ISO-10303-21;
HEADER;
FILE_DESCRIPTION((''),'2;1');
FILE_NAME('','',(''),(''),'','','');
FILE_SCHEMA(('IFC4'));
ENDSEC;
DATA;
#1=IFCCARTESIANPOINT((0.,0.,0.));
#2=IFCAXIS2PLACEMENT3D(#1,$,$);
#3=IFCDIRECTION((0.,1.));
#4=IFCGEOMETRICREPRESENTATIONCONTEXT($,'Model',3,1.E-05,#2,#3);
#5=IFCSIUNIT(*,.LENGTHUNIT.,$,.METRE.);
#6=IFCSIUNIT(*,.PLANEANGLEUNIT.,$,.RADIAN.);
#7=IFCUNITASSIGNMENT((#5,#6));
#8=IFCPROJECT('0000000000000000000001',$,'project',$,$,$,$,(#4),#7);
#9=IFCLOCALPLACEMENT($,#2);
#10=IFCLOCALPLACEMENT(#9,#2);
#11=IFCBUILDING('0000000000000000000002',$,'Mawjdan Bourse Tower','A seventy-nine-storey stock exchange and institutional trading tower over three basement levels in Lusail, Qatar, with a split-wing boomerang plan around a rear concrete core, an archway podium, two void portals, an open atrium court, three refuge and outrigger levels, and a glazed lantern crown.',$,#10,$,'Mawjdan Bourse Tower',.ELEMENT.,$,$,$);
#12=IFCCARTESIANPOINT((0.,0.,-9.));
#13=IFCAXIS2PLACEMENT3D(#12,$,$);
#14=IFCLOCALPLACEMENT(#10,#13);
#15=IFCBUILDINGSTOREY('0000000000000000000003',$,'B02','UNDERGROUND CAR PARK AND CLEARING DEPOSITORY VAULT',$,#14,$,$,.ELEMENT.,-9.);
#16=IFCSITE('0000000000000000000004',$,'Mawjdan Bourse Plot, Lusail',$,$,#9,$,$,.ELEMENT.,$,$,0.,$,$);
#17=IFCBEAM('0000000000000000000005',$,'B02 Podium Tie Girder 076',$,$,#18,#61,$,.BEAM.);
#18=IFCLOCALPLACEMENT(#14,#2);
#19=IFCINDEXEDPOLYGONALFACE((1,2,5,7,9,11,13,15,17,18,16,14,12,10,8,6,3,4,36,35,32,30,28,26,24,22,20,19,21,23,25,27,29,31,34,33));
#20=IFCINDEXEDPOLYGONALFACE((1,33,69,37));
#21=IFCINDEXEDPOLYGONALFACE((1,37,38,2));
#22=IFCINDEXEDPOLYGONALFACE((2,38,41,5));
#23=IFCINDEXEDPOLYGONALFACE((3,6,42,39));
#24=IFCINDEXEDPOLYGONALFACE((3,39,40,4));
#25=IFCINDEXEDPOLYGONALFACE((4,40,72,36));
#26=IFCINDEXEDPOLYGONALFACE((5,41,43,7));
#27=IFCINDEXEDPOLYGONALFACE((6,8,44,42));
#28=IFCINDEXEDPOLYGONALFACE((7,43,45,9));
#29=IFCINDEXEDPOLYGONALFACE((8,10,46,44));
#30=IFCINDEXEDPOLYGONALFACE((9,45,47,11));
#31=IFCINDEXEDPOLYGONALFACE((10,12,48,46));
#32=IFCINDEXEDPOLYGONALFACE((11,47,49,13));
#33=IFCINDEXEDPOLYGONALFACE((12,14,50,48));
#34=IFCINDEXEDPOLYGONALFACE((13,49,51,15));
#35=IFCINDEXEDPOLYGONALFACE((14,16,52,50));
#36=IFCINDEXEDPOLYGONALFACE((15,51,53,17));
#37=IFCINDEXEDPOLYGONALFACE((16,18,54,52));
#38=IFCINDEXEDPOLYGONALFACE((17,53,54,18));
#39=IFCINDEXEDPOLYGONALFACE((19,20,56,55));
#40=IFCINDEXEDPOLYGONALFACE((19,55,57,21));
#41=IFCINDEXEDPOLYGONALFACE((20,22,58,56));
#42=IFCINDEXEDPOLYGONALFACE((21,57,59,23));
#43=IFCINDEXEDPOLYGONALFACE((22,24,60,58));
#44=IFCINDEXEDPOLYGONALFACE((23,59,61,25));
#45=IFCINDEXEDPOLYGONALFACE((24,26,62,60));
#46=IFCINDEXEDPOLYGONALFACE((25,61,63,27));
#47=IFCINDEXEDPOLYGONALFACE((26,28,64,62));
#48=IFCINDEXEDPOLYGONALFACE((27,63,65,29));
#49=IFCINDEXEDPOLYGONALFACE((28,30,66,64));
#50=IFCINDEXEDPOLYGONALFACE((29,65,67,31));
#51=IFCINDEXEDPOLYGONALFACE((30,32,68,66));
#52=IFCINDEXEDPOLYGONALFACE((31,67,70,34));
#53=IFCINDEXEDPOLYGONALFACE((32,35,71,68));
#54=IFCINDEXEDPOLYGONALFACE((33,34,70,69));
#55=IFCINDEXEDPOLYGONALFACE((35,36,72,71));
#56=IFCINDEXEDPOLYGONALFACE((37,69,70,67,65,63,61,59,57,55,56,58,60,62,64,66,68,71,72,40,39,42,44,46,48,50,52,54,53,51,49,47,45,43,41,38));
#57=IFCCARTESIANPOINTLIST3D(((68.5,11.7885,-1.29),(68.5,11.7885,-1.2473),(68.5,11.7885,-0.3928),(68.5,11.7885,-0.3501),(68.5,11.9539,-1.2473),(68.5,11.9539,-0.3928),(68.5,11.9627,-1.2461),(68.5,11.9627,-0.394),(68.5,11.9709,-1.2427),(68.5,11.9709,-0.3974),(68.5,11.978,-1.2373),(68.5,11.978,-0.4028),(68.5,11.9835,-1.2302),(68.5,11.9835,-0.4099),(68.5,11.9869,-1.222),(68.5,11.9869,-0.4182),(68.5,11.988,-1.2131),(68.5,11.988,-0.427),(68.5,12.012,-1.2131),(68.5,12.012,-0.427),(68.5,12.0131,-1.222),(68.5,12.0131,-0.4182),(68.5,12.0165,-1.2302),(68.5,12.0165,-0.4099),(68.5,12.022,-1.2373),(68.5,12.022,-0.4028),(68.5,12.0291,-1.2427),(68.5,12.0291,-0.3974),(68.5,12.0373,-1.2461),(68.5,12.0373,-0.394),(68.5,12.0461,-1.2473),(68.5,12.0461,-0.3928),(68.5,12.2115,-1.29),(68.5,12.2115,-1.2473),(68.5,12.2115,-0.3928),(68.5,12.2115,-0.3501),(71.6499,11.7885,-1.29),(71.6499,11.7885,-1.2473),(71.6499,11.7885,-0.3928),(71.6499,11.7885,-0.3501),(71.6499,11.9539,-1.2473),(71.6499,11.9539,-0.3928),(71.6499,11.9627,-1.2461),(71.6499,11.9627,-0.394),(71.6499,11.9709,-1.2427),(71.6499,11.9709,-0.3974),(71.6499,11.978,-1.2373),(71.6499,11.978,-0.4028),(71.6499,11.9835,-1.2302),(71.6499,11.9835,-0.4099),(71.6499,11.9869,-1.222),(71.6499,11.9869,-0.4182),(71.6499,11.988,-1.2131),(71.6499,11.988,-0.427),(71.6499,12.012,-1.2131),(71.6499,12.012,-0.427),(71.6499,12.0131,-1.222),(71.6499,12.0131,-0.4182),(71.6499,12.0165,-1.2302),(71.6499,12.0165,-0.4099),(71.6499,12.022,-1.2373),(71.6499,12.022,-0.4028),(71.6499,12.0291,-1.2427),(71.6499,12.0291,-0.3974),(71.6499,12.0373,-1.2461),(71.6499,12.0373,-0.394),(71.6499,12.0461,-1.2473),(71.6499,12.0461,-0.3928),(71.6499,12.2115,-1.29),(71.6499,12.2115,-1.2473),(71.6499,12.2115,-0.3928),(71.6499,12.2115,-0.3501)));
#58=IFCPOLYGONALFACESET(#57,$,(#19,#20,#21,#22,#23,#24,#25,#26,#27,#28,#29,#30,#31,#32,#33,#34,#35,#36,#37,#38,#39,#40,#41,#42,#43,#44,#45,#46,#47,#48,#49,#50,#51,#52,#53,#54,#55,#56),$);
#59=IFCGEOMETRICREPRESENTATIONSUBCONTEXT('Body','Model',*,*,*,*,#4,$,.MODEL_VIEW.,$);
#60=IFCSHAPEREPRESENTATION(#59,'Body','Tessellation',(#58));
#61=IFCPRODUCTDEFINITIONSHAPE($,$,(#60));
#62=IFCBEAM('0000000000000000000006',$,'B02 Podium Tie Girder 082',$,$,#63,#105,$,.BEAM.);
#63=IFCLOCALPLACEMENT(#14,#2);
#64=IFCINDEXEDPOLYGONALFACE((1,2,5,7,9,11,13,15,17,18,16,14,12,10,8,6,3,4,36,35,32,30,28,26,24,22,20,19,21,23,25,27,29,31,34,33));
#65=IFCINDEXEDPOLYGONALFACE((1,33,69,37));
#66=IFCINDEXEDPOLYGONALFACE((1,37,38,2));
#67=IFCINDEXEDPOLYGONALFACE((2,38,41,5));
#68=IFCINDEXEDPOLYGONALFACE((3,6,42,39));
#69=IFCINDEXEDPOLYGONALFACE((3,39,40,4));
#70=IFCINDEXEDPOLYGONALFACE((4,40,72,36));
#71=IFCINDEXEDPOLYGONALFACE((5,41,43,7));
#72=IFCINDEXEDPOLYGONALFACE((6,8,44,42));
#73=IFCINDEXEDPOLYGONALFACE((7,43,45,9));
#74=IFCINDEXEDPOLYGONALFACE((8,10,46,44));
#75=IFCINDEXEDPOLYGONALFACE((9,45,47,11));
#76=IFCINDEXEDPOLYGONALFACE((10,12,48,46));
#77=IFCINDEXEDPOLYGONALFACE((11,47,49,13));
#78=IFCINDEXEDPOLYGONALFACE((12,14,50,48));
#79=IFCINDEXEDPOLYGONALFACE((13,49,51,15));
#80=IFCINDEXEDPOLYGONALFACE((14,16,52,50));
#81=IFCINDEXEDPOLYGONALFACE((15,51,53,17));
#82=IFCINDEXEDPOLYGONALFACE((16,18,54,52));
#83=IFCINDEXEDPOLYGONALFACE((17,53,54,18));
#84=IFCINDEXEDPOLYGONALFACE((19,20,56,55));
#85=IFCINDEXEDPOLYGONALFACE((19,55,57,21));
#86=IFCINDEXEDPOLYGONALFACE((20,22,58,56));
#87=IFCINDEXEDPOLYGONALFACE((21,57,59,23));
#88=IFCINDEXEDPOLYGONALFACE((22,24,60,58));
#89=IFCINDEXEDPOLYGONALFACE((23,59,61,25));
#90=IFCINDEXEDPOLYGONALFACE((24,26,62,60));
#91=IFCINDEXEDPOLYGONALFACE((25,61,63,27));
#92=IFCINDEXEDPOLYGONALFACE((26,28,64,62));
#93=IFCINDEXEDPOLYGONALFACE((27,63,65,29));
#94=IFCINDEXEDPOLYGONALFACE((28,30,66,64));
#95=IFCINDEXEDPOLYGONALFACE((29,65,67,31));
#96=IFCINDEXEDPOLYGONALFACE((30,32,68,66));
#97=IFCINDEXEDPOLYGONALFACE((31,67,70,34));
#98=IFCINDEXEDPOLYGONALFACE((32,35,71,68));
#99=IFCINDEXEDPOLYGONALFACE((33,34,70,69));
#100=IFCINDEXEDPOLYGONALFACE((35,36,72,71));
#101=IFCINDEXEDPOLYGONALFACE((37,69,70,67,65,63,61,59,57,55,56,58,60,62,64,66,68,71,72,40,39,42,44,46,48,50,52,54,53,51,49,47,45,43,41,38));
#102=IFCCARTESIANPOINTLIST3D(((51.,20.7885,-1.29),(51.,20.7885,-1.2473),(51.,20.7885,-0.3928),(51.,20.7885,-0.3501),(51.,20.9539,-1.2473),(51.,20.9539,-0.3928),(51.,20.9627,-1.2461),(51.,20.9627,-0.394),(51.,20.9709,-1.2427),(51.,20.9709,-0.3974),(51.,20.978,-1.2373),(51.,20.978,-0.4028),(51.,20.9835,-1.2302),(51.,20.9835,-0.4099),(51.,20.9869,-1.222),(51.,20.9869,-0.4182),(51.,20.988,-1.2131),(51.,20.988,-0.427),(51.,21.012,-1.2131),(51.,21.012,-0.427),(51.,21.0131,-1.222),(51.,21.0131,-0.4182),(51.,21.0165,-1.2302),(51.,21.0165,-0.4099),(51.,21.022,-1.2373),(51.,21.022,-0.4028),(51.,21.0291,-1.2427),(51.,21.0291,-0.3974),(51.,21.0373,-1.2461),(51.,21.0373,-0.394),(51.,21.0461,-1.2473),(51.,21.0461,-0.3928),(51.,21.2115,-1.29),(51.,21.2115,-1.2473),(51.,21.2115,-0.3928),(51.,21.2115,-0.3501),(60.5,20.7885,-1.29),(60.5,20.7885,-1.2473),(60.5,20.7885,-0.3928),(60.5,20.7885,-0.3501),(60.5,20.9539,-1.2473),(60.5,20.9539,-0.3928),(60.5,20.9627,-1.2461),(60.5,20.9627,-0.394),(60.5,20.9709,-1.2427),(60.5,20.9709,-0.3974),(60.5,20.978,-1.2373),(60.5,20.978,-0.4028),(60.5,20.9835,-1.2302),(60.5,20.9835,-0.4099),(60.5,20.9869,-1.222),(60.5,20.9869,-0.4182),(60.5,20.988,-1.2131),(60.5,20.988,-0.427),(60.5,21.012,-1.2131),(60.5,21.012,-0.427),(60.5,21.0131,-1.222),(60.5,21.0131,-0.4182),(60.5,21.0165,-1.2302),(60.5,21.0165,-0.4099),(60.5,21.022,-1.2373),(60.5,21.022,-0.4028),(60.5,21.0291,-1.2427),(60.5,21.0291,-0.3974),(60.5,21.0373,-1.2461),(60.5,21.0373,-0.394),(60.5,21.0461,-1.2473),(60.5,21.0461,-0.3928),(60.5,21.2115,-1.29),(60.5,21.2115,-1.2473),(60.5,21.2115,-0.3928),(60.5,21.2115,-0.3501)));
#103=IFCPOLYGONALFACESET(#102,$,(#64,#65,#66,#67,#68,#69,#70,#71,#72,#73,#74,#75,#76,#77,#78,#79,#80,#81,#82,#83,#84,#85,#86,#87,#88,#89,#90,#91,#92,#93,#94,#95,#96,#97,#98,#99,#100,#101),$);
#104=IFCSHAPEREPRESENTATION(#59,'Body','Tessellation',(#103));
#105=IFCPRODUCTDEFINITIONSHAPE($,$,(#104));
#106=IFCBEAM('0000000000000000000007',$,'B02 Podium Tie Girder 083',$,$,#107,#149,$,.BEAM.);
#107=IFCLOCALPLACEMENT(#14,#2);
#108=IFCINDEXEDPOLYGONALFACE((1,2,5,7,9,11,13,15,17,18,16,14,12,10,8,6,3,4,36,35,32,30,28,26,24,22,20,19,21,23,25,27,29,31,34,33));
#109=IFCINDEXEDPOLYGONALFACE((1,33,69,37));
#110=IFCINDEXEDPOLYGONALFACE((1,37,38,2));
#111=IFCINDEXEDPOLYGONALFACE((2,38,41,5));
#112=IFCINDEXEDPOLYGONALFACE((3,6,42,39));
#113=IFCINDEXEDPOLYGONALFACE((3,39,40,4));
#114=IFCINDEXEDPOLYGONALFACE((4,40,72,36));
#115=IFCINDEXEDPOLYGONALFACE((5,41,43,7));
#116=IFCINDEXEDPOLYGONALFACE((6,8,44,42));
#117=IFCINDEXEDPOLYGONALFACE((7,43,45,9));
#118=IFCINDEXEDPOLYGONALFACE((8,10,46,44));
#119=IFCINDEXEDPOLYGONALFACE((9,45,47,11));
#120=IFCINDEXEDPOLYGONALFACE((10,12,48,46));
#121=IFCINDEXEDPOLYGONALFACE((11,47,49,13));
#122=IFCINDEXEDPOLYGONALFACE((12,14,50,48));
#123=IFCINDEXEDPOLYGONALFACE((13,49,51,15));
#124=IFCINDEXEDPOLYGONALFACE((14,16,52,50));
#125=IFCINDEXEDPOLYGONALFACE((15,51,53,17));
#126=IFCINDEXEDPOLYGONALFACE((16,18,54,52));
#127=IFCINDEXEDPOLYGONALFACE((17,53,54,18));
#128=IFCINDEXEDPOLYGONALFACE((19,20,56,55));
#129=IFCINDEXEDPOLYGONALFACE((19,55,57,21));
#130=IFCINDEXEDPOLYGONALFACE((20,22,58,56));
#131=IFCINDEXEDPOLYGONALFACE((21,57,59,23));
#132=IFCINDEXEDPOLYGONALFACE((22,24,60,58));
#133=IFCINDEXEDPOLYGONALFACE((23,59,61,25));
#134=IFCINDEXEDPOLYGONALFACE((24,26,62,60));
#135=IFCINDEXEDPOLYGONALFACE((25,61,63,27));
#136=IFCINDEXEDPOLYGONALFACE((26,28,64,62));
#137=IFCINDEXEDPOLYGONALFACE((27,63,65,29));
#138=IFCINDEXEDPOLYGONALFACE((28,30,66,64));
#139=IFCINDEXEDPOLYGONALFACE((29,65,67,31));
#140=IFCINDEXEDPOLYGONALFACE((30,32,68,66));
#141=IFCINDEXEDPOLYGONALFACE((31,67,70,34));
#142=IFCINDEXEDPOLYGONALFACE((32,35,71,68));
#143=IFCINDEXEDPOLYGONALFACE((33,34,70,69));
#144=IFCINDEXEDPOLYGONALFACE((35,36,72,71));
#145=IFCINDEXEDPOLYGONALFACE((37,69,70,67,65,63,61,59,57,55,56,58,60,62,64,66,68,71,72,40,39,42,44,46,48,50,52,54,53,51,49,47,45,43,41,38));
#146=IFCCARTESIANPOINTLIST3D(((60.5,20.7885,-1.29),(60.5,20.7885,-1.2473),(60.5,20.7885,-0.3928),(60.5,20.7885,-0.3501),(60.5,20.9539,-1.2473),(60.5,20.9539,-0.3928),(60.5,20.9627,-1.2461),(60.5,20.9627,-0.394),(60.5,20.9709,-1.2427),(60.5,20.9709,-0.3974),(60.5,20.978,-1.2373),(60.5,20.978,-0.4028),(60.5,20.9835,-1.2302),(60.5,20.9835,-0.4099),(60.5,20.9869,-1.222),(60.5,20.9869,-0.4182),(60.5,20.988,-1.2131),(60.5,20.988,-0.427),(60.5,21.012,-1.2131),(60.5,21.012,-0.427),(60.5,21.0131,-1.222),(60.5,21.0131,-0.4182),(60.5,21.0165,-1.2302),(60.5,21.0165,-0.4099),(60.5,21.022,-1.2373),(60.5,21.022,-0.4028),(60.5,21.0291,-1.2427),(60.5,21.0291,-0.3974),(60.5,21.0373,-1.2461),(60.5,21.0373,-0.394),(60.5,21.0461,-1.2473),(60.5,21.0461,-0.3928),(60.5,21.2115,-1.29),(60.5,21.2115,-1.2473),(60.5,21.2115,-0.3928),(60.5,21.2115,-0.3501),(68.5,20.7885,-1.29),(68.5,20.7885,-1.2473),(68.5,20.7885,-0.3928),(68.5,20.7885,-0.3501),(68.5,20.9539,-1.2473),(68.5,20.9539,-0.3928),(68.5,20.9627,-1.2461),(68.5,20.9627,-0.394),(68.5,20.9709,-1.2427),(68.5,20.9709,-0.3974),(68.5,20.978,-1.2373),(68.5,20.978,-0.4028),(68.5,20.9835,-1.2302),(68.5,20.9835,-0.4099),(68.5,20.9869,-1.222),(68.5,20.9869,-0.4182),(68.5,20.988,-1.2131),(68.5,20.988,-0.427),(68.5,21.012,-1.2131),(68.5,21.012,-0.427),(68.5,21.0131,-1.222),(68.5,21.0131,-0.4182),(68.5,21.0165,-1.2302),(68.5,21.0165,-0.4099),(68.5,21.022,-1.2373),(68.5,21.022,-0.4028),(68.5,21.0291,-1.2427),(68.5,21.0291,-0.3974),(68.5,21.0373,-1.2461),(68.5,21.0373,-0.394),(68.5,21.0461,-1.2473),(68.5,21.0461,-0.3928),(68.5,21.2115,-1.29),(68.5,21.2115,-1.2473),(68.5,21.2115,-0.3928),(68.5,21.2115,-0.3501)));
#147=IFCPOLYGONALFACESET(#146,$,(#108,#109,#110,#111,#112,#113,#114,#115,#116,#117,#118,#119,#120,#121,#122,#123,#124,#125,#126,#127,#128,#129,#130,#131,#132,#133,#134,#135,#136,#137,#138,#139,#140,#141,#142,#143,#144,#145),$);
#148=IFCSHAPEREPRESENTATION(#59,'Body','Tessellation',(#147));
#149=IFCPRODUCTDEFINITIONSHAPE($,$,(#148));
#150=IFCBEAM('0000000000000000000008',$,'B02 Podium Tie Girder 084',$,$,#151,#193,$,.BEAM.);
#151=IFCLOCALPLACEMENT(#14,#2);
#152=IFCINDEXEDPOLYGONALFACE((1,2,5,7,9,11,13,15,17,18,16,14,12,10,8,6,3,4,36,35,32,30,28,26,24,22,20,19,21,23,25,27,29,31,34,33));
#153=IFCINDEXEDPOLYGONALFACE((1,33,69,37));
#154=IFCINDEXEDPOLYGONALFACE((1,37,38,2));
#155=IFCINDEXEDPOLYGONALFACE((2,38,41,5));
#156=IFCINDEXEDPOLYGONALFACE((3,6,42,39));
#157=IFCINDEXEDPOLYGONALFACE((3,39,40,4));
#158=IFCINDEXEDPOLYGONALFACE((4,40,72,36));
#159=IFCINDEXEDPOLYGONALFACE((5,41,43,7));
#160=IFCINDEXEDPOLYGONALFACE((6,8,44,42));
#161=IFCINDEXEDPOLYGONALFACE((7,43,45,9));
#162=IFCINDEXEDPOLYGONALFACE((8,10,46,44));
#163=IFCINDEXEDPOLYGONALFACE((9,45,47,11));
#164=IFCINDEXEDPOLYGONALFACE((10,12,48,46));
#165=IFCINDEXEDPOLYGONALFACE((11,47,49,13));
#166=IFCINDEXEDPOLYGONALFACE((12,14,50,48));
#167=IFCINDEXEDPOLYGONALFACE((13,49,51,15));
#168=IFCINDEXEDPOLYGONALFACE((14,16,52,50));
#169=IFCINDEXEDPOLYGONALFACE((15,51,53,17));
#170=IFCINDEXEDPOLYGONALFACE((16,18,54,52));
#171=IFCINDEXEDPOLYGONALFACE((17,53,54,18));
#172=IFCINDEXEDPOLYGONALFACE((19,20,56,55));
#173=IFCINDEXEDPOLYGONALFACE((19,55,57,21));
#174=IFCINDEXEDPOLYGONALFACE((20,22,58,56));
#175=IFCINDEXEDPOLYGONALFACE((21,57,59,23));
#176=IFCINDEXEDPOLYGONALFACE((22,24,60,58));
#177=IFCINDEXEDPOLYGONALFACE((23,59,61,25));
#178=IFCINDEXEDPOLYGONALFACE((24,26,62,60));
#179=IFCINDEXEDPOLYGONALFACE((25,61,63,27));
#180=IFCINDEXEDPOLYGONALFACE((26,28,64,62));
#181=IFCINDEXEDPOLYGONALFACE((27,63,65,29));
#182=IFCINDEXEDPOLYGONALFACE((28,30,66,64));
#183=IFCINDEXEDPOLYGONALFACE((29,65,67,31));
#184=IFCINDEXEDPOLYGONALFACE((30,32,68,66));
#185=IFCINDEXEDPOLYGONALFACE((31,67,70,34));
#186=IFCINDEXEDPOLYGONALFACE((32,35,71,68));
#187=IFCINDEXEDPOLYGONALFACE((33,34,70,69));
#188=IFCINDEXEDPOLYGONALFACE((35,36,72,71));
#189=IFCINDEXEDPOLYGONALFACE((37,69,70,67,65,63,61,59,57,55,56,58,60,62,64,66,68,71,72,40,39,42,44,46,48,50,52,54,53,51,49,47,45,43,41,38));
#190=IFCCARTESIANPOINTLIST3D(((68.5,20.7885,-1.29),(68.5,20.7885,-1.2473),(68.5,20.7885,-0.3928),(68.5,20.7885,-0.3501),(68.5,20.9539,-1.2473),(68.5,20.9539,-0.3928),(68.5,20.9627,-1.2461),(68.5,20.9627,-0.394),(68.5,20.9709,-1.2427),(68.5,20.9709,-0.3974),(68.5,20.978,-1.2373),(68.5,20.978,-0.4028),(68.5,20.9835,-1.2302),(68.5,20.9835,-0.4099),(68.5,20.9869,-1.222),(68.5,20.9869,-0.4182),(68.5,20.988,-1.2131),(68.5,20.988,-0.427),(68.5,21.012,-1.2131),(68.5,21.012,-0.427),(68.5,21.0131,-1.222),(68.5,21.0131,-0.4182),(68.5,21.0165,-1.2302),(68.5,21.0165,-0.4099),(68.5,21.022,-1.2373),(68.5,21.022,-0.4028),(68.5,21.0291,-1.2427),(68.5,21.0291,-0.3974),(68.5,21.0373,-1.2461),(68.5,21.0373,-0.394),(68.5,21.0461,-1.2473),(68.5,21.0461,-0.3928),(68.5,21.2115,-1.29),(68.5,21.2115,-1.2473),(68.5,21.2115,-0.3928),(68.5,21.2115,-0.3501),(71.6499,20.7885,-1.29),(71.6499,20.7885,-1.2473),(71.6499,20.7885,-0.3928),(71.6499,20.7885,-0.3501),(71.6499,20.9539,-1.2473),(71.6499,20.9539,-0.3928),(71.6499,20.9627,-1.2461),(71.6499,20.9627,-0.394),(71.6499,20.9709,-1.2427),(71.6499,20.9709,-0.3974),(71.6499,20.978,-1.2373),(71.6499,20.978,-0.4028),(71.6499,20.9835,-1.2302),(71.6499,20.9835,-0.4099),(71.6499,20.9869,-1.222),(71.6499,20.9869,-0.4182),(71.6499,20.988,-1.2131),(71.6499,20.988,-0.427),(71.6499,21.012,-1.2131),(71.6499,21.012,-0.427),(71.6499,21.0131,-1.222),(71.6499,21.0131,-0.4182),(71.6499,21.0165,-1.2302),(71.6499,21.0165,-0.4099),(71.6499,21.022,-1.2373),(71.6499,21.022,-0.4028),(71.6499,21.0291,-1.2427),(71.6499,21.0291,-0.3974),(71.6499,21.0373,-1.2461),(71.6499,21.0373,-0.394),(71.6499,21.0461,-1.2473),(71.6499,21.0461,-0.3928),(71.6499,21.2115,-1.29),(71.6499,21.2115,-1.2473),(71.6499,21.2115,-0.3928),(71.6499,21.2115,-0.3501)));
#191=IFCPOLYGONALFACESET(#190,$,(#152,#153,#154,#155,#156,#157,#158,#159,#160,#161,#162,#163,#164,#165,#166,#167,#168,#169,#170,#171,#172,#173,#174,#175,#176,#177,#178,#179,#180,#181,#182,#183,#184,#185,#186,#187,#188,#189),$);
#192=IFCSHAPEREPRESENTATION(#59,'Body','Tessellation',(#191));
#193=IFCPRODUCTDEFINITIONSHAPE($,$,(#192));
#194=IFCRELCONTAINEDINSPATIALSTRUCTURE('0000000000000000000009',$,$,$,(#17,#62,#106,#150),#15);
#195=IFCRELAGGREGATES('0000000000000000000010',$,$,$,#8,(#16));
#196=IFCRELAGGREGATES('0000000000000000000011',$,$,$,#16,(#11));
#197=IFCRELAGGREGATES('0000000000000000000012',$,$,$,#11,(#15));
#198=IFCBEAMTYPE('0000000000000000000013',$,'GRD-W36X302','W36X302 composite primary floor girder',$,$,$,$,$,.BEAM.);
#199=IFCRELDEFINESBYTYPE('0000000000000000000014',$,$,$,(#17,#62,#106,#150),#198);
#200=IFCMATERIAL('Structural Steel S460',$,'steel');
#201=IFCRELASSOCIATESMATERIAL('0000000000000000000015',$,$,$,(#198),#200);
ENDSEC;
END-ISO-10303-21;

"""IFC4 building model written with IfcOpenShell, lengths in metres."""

from ifc_helpers import new_model, si_unit, direction, frame, origin, origin_2d, place, context, subcontext, project, spatial, i_section, extrude, material, material_profile, profile_set, type_object, element, save


model = new_model("IFC4")

# Units and contexts
model_context = context("Model", 3, precision=1e-05, world=origin(), true_north=direction((0.0, 1.0)))
body_context = subcontext(model_context, "Body", "Model", "MODEL_VIEW")
ifc_project = project(units=[si_unit("LENGTHUNIT", "METRE"), si_unit("PLANEANGLEUNIT", "RADIAN")], contexts=[model_context])

# Site, building, storey
site_placement = place(None, origin())
site = spatial("IfcSite", under=ifc_project, at=site_placement, Name="Mawjdan Bourse Plot, Lusail", CompositionType="ELEMENT", RefElevation=0.0)
building_placement = place(site_placement, origin())
building = spatial("IfcBuilding", under=site, at=building_placement, Name="Mawjdan Bourse Tower", Description="A seventy-nine-storey stock exchange and institutional trading tower over three basement levels in Lusail, Qatar, with a split-wing boomerang plan around a rear concrete core, an archway podium, two void portals, an open atrium court, three refuge and outrigger levels, and a glazed lantern crown.", LongName="Mawjdan Bourse Tower", CompositionType="ELEMENT")
storey_placement = place(building_placement, frame((0.0, 0.0, -9.0)))
storey = spatial("IfcBuildingStorey", under=building, at=storey_placement, Name="B02", Description="UNDERGROUND CAR PARK AND CLEARING DEPOSITORY VAULT", CompositionType="ELEMENT", Elevation=-9.0)

# Beams
ifc_material_1 = material(Name="Structural Steel S460", Category="steel")
ifc_material_profile_1 = material_profile(ifc_material_1, i_section(OverallWidth=0.4231, OverallDepth=0.9399, WebThickness=0.0239, FlangeThickness=0.0427, FilletRadius=0.0342, at=origin_2d()), Name="W36X302")
ifc_profile_set_1 = profile_set([ifc_material_profile_1], Name="Structural Steel S460")
beam_type_1 = type_object("IfcBeamType", Name="GRD-W36X302", Description="W36X302 composite primary floor girder", PredefinedType="BEAM", material=ifc_profile_set_1)
beam_1_placement = place(storey_placement, frame((68.5, 12.0, -0.8201), z_axis=(1.0, 0.0, 0.0), x_axis=(0.0, 1.0, 0.0)))
element("IfcBeam", 1, at=beam_1_placement, inside=storey, type_object=beam_type_1, Name="B02 Podium Tie Girder 076", PredefinedType="BEAM", context=body_context, shape_type="SweptSolid", body=[
    extrude(i_section(OverallWidth=0.4231, OverallDepth=0.9399, WebThickness=0.0239, FlangeThickness=0.0427, FilletRadius=0.0342, at=origin_2d()), origin(), (0.0, 0.0, 1.0), 3.1499),
])
beam_2_placement = place(storey_placement, frame((51.0, 21.0, -0.8201), z_axis=(1.0, 0.0, 0.0), x_axis=(0.0, 1.0, 0.0)))
element("IfcBeam", 2, at=beam_2_placement, inside=storey, type_object=beam_type_1, Name="B02 Podium Tie Girder 082", PredefinedType="BEAM", context=body_context, shape_type="SweptSolid", body=[
    extrude(i_section(OverallWidth=0.4231, OverallDepth=0.9399, WebThickness=0.0239, FlangeThickness=0.0427, FilletRadius=0.0342, at=origin_2d()), origin(), (0.0, 0.0, 1.0), 9.5),
])
beam_3_placement = place(storey_placement, frame((60.5, 21.0, -0.8201), z_axis=(1.0, 0.0, 0.0), x_axis=(0.0, 1.0, 0.0)))
element("IfcBeam", 3, at=beam_3_placement, inside=storey, type_object=beam_type_1, Name="B02 Podium Tie Girder 083", PredefinedType="BEAM", context=body_context, shape_type="SweptSolid", body=[
    extrude(i_section(OverallWidth=0.4231, OverallDepth=0.9399, WebThickness=0.0239, FlangeThickness=0.0427, FilletRadius=0.0342, at=origin_2d()), origin(), (0.0, 0.0, 1.0), 8.0),
])
beam_4_placement = place(storey_placement, frame((68.5, 21.0, -0.8201), z_axis=(1.0, 0.0, 0.0), x_axis=(0.0, 1.0, 0.0)))
element("IfcBeam", 4, at=beam_4_placement, inside=storey, type_object=beam_type_1, Name="B02 Podium Tie Girder 084", PredefinedType="BEAM", context=body_context, shape_type="SweptSolid", body=[
    extrude(i_section(OverallWidth=0.4231, OverallDepth=0.9399, WebThickness=0.0239, FlangeThickness=0.0427, FilletRadius=0.0342, at=origin_2d()), origin(), (0.0, 0.0, 1.0), 3.1499),
])

save(model, "model.ifc")
